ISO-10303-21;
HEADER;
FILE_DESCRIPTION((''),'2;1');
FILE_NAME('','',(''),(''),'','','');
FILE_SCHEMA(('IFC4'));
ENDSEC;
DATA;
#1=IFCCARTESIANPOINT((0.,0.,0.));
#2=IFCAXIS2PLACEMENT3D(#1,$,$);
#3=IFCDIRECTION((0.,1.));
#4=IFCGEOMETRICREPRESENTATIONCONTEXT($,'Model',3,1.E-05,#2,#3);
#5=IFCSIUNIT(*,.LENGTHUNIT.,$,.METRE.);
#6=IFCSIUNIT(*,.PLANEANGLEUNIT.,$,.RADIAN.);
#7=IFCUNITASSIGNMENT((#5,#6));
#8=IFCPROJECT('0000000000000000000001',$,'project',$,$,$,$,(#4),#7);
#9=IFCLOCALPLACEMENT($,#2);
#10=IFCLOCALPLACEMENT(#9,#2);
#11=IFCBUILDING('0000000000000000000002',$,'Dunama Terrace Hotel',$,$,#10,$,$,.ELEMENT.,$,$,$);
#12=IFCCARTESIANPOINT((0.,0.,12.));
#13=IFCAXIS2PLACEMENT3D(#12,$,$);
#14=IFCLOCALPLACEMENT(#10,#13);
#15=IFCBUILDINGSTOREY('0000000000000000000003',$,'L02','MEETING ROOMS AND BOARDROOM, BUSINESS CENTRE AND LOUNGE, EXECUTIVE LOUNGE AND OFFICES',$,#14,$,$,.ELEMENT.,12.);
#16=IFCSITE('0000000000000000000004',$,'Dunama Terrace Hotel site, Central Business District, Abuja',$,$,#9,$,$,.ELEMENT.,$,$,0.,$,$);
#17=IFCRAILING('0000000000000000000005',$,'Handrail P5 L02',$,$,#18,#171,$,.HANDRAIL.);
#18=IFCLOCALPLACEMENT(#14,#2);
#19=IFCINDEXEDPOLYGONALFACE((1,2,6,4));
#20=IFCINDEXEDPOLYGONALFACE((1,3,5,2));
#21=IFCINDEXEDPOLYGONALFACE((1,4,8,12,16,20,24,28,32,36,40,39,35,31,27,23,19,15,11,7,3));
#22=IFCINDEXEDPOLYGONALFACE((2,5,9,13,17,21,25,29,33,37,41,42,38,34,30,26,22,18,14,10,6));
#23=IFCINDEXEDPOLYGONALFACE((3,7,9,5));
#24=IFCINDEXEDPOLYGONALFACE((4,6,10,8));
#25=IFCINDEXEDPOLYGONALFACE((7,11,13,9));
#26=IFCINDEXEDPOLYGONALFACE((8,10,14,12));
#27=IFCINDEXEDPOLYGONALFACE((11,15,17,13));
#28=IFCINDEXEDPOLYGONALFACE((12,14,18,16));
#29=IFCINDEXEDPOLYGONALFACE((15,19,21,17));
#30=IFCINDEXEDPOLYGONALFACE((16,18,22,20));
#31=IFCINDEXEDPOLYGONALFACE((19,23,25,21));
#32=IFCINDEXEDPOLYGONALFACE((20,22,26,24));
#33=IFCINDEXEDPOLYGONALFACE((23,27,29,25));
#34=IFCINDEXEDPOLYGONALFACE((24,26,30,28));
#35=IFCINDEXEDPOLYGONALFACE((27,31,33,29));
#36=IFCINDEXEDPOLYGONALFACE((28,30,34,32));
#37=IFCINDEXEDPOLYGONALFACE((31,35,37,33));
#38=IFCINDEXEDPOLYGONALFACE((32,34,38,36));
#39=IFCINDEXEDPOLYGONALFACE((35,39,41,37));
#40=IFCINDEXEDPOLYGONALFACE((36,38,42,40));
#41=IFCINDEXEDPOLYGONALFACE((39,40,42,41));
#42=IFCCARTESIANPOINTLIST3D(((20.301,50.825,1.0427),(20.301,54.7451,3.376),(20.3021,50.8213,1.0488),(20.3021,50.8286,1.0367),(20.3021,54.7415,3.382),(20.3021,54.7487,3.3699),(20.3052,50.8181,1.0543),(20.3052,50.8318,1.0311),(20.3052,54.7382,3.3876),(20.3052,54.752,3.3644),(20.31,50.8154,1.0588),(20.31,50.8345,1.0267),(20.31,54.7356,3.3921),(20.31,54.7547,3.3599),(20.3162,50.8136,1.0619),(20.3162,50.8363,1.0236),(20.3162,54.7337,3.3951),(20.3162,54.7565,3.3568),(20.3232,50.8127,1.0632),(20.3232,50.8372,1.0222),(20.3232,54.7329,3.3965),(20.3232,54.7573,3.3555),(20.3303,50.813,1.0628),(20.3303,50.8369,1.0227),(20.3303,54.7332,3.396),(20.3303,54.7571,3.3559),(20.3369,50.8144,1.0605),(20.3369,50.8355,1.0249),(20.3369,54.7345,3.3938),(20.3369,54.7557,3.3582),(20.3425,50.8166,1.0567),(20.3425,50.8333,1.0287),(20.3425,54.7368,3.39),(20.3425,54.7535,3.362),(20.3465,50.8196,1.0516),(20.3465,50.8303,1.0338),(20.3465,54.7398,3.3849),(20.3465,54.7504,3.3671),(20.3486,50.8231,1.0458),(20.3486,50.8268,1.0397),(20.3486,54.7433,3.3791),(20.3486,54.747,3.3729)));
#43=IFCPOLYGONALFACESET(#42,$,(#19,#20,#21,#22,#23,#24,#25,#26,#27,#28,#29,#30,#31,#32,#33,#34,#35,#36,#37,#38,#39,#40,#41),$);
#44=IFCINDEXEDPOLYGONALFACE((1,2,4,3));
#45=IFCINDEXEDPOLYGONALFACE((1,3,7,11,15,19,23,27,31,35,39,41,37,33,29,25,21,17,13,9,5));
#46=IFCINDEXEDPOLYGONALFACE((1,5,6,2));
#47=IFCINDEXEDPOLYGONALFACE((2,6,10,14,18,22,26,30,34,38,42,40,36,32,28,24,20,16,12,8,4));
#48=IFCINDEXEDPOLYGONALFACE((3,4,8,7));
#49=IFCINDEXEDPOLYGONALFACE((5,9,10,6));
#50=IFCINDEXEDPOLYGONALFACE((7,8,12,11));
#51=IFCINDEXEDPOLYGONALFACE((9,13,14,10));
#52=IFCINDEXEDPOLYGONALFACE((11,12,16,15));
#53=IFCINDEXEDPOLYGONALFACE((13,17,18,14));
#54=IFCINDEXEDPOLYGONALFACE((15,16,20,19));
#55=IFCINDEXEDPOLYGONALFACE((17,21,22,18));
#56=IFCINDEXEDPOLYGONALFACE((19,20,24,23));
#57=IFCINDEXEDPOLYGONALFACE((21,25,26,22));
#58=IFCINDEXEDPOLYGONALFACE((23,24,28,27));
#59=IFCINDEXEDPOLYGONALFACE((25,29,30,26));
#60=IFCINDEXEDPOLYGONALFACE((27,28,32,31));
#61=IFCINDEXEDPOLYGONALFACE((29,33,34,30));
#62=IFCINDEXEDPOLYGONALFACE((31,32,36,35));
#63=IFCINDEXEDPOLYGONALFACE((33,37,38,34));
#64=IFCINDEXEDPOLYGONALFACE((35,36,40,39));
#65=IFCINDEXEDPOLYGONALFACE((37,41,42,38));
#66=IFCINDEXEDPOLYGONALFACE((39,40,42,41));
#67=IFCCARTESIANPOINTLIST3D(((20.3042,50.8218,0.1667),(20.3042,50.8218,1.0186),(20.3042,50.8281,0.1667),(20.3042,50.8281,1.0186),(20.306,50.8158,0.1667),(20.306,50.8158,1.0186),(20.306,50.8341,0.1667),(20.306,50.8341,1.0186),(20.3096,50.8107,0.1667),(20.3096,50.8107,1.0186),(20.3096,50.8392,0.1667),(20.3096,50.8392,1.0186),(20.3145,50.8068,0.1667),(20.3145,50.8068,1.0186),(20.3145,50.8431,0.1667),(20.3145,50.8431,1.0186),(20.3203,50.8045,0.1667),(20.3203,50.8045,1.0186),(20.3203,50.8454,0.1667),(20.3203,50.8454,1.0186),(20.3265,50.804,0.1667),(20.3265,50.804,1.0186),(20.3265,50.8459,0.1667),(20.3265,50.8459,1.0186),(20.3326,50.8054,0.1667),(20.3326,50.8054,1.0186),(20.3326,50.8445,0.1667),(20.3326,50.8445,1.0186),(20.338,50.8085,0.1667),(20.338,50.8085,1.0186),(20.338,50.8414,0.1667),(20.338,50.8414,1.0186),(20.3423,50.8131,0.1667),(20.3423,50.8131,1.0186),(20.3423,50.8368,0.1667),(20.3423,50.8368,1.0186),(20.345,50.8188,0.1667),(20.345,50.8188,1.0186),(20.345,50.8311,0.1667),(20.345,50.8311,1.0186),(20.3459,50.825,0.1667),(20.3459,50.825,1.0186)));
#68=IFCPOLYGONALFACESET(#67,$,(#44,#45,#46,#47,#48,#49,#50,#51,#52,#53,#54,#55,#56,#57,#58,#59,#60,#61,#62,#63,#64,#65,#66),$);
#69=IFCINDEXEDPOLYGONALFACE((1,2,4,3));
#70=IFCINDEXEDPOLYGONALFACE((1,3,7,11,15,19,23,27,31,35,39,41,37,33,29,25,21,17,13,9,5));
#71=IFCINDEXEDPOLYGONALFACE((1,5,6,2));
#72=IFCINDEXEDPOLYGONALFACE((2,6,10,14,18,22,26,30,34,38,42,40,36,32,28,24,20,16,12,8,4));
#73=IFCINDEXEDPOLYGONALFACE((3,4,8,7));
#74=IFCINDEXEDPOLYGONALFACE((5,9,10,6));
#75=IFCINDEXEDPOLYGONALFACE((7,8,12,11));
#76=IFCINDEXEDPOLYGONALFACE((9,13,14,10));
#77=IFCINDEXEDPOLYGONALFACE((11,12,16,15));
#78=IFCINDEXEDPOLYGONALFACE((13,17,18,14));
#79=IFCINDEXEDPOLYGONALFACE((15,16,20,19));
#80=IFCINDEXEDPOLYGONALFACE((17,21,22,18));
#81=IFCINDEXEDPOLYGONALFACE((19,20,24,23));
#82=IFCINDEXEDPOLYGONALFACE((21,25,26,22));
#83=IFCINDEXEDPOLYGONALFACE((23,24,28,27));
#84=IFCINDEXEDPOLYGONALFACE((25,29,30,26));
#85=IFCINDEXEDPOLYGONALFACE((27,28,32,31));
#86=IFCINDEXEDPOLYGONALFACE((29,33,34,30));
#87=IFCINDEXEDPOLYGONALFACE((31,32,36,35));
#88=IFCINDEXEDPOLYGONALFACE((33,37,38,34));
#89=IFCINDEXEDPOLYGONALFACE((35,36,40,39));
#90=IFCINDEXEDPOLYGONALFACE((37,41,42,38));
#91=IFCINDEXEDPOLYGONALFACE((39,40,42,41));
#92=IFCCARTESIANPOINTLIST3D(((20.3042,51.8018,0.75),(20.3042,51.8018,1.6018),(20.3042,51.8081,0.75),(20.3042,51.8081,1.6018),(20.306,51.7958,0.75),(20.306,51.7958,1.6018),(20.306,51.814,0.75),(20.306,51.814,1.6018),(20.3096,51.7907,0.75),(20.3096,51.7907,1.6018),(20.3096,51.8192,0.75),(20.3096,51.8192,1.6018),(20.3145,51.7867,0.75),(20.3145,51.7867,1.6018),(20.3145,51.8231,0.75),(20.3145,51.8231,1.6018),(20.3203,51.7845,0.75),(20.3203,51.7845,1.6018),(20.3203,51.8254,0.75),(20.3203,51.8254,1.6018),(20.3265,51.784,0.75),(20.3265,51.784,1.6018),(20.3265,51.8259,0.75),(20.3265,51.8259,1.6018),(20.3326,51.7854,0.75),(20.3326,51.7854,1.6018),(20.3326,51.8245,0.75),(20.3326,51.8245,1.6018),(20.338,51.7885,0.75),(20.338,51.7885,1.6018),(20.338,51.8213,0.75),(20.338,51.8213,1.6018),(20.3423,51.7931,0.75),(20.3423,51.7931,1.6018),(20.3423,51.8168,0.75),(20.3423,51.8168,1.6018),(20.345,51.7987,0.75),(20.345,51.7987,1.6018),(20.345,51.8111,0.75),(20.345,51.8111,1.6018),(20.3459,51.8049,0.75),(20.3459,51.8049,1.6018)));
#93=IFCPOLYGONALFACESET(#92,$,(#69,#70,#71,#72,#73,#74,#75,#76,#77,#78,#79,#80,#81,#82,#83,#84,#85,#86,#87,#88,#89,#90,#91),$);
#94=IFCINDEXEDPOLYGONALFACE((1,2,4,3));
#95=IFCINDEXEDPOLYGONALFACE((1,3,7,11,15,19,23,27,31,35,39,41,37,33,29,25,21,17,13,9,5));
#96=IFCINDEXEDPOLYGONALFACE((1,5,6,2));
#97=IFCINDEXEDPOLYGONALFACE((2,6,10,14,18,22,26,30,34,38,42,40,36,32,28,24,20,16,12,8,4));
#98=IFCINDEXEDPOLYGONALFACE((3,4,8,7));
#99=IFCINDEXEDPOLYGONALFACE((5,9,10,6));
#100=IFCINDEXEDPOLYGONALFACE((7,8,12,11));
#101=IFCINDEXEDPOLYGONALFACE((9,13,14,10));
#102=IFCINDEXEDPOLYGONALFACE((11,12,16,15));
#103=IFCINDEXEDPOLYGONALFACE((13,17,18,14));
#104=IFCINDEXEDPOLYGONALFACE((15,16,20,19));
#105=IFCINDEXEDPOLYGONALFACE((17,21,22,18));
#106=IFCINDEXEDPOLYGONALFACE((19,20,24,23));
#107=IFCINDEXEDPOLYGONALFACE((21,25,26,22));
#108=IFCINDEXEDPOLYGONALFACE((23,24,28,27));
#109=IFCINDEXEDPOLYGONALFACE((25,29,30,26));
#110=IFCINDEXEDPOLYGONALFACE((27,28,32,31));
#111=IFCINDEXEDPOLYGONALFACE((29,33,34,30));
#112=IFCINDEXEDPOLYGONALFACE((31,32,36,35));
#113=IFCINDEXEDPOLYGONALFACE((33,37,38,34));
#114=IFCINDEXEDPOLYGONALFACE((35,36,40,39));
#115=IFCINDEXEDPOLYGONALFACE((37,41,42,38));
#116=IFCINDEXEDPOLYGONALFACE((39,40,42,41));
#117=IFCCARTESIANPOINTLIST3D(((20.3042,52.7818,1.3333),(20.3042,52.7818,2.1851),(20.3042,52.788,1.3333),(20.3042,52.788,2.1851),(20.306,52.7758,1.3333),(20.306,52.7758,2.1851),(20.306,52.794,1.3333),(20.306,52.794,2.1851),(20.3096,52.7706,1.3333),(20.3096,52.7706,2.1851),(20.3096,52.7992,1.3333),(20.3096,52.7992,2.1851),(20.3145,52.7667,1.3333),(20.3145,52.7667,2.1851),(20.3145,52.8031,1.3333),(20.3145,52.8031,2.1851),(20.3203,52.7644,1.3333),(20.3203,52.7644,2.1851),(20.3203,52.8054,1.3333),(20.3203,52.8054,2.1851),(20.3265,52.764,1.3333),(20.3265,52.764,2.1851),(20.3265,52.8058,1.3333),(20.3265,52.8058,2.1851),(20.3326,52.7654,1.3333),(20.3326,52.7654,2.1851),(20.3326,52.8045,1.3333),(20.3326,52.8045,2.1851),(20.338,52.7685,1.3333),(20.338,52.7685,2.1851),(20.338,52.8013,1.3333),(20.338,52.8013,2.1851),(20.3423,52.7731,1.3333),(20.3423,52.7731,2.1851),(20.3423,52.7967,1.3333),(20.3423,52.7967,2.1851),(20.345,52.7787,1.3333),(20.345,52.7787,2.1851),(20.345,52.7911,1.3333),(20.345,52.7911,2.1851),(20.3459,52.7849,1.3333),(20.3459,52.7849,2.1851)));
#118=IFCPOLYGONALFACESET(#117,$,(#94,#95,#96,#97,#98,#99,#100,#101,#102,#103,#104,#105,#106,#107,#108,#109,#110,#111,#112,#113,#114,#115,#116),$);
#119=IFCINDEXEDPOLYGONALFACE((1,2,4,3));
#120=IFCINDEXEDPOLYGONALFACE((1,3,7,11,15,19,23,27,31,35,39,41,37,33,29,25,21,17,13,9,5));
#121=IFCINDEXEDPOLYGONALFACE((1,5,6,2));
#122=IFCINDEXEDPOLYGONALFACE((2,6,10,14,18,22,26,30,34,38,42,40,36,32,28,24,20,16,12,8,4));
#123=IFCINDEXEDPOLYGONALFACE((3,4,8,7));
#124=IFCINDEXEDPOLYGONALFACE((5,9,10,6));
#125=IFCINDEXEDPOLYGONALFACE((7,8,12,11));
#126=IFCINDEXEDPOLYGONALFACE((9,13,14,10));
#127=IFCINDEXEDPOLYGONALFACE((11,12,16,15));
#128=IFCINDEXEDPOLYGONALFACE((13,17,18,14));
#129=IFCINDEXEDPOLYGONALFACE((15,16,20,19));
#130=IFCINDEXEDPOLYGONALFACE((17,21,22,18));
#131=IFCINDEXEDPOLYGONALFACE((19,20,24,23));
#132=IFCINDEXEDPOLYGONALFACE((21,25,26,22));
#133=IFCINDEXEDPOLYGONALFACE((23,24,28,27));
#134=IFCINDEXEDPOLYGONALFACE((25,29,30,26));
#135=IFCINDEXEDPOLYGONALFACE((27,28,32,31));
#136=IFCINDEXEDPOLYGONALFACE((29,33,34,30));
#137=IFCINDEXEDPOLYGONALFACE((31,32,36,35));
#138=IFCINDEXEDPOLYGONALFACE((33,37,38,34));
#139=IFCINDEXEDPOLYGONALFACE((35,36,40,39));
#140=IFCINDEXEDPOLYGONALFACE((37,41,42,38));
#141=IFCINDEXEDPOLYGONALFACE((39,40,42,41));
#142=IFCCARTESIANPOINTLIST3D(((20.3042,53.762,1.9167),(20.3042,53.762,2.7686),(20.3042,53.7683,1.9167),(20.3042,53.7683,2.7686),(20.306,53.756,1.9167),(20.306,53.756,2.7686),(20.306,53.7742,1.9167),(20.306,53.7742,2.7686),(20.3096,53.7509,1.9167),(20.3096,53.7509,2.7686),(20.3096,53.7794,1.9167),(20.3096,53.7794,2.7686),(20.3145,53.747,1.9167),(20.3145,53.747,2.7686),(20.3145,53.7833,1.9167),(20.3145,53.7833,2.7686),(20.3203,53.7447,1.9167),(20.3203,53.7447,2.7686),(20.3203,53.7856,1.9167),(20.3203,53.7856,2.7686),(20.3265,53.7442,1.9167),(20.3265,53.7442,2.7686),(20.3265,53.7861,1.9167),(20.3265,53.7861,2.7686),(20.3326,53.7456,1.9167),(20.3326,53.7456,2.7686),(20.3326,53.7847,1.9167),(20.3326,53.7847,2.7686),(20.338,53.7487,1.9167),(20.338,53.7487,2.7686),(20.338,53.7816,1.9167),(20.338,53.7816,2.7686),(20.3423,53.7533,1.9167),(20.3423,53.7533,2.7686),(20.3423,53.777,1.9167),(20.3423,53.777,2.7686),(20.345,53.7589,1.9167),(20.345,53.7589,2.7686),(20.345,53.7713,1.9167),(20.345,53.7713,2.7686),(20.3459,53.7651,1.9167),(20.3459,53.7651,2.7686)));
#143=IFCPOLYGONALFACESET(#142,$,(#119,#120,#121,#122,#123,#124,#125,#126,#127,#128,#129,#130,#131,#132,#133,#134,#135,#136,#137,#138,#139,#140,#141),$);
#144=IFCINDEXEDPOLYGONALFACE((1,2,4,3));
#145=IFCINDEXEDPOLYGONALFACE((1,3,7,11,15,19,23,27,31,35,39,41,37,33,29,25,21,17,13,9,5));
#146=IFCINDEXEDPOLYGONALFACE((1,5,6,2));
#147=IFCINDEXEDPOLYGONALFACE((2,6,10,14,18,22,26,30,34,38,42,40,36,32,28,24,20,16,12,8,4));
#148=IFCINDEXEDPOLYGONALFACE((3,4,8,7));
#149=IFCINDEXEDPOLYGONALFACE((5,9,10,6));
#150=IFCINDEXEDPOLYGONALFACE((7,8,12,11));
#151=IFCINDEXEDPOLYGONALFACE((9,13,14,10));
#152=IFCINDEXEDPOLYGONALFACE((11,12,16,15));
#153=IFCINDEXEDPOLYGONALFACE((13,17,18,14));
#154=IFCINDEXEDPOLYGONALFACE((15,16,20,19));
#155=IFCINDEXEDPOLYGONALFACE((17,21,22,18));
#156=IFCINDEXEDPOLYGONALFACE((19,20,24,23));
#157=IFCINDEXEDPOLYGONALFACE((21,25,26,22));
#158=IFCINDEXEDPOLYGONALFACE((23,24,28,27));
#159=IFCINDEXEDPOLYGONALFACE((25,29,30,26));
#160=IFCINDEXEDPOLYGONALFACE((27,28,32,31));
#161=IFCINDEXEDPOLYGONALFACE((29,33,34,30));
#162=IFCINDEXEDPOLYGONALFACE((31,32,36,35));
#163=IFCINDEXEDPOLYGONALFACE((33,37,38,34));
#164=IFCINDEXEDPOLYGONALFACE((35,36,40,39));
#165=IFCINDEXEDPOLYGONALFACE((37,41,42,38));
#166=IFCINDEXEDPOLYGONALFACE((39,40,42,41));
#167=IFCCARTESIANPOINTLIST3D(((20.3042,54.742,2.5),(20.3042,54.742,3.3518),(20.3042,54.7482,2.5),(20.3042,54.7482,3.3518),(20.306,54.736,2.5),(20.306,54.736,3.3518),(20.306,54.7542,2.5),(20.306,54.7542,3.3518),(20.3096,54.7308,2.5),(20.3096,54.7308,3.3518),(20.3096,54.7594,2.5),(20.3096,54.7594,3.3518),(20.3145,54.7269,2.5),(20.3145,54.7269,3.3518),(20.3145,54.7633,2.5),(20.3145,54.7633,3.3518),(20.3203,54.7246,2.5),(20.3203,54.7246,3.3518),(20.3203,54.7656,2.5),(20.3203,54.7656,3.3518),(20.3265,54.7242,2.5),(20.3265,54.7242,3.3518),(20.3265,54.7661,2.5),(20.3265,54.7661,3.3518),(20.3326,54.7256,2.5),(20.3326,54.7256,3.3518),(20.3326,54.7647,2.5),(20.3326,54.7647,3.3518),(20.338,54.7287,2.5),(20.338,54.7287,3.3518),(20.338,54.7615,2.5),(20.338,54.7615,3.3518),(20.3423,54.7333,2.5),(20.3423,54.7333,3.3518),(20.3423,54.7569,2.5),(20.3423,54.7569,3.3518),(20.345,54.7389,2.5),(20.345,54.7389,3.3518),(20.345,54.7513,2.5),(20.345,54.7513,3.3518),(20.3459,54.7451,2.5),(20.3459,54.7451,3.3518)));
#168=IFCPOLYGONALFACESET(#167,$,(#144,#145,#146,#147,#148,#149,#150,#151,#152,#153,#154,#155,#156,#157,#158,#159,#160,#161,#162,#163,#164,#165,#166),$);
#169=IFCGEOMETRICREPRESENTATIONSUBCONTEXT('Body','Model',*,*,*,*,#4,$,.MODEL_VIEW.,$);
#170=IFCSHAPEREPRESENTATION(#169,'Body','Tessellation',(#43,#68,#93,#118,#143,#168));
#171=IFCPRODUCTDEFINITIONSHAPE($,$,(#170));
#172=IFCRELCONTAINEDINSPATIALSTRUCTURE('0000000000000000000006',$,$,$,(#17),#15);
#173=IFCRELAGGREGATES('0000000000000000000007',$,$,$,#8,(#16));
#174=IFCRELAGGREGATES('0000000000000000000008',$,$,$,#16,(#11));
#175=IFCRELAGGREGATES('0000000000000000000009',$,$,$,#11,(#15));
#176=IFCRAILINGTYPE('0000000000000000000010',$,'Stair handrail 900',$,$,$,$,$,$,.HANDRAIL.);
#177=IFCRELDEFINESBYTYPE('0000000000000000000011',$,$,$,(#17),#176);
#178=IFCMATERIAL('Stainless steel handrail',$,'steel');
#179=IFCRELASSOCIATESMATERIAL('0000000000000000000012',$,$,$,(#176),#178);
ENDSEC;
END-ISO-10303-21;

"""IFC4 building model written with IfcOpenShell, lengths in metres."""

from ifc_helpers import new_model, si_unit, direction, frame, origin, origin_2d, place, context, subcontext, project, spatial, circle, extrude, material, type_object, element, save


model = new_model("IFC4")

# Units and contexts
model_context = context("Model", 3, precision=1e-05, world=origin(), true_north=direction((0.0, 1.0)))
body_context = subcontext(model_context, "Body", "Model", "MODEL_VIEW")
ifc_project = project(units=[si_unit("LENGTHUNIT", "METRE"), si_unit("PLANEANGLEUNIT", "RADIAN")], contexts=[model_context])

# Site, building, storey
site_placement = place(None, origin())
site = spatial("IfcSite", under=ifc_project, at=site_placement, Name="Dunama Terrace Hotel site, Central Business District, Abuja", CompositionType="ELEMENT", RefElevation=0.0)
building_placement = place(site_placement, origin())
building = spatial("IfcBuilding", under=site, at=building_placement, Name="Dunama Terrace Hotel", CompositionType="ELEMENT")
storey_placement = place(building_placement, frame((0.0, 0.0, 12.0)))
storey = spatial("IfcBuildingStorey", under=building, at=storey_placement, Name="L02", Description="MEETING ROOMS AND BOARDROOM, BUSINESS CENTRE AND LOUNGE, EXECUTIVE LOUNGE AND OFFICES", CompositionType="ELEMENT", Elevation=12.0)

# Railing
ifc_material_1 = material(Name="Stainless steel handrail", Category="steel")
railing_type = type_object("IfcRailingType", Name="Stair handrail 900", PredefinedType="HANDRAIL", material=ifc_material_1)
for number, where, name in (
    (1, (20.325, 50.825, 0.1667), "Handrail P5 L02"),
):
    element("IfcRailing", number, at=place(storey_placement, frame(where)), inside=storey, type_object=railing_type, Name=name, PredefinedType="HANDRAIL", context=body_context, shape_type="SweptSolid", body=[
        extrude(circle(Radius=0.0239, at=origin_2d()), frame((0.0, 0.0, 0.876), z_axis=(0.0, 0.85931, 0.511455), x_axis=(-1.0, 0.0, 0.0)), (0.0, 0.0, 1.0), 4.562),
        extrude(circle(Radius=0.021, at=origin_2d()), origin(), (0.0, 0.0, 1.0), 0.8518),
        extrude(circle(Radius=0.021, at=origin_2d()), frame((0.0, 0.98, 0.5833)), (0.0, 0.0, 1.0), 0.8518),
        extrude(circle(Radius=0.021, at=origin_2d()), frame((0.0, 1.96, 1.1665)), (0.0, 0.0, 1.0), 0.8518),
        extrude(circle(Radius=0.021, at=origin_2d()), frame((0.0, 2.9402, 1.75)), (0.0, 0.0, 1.0), 0.8518),
        extrude(circle(Radius=0.021, at=origin_2d()), frame((0.0, 3.9202, 2.3333)), (0.0, 0.0, 1.0), 0.8518),
    ])

save(model, "model.ifc")
